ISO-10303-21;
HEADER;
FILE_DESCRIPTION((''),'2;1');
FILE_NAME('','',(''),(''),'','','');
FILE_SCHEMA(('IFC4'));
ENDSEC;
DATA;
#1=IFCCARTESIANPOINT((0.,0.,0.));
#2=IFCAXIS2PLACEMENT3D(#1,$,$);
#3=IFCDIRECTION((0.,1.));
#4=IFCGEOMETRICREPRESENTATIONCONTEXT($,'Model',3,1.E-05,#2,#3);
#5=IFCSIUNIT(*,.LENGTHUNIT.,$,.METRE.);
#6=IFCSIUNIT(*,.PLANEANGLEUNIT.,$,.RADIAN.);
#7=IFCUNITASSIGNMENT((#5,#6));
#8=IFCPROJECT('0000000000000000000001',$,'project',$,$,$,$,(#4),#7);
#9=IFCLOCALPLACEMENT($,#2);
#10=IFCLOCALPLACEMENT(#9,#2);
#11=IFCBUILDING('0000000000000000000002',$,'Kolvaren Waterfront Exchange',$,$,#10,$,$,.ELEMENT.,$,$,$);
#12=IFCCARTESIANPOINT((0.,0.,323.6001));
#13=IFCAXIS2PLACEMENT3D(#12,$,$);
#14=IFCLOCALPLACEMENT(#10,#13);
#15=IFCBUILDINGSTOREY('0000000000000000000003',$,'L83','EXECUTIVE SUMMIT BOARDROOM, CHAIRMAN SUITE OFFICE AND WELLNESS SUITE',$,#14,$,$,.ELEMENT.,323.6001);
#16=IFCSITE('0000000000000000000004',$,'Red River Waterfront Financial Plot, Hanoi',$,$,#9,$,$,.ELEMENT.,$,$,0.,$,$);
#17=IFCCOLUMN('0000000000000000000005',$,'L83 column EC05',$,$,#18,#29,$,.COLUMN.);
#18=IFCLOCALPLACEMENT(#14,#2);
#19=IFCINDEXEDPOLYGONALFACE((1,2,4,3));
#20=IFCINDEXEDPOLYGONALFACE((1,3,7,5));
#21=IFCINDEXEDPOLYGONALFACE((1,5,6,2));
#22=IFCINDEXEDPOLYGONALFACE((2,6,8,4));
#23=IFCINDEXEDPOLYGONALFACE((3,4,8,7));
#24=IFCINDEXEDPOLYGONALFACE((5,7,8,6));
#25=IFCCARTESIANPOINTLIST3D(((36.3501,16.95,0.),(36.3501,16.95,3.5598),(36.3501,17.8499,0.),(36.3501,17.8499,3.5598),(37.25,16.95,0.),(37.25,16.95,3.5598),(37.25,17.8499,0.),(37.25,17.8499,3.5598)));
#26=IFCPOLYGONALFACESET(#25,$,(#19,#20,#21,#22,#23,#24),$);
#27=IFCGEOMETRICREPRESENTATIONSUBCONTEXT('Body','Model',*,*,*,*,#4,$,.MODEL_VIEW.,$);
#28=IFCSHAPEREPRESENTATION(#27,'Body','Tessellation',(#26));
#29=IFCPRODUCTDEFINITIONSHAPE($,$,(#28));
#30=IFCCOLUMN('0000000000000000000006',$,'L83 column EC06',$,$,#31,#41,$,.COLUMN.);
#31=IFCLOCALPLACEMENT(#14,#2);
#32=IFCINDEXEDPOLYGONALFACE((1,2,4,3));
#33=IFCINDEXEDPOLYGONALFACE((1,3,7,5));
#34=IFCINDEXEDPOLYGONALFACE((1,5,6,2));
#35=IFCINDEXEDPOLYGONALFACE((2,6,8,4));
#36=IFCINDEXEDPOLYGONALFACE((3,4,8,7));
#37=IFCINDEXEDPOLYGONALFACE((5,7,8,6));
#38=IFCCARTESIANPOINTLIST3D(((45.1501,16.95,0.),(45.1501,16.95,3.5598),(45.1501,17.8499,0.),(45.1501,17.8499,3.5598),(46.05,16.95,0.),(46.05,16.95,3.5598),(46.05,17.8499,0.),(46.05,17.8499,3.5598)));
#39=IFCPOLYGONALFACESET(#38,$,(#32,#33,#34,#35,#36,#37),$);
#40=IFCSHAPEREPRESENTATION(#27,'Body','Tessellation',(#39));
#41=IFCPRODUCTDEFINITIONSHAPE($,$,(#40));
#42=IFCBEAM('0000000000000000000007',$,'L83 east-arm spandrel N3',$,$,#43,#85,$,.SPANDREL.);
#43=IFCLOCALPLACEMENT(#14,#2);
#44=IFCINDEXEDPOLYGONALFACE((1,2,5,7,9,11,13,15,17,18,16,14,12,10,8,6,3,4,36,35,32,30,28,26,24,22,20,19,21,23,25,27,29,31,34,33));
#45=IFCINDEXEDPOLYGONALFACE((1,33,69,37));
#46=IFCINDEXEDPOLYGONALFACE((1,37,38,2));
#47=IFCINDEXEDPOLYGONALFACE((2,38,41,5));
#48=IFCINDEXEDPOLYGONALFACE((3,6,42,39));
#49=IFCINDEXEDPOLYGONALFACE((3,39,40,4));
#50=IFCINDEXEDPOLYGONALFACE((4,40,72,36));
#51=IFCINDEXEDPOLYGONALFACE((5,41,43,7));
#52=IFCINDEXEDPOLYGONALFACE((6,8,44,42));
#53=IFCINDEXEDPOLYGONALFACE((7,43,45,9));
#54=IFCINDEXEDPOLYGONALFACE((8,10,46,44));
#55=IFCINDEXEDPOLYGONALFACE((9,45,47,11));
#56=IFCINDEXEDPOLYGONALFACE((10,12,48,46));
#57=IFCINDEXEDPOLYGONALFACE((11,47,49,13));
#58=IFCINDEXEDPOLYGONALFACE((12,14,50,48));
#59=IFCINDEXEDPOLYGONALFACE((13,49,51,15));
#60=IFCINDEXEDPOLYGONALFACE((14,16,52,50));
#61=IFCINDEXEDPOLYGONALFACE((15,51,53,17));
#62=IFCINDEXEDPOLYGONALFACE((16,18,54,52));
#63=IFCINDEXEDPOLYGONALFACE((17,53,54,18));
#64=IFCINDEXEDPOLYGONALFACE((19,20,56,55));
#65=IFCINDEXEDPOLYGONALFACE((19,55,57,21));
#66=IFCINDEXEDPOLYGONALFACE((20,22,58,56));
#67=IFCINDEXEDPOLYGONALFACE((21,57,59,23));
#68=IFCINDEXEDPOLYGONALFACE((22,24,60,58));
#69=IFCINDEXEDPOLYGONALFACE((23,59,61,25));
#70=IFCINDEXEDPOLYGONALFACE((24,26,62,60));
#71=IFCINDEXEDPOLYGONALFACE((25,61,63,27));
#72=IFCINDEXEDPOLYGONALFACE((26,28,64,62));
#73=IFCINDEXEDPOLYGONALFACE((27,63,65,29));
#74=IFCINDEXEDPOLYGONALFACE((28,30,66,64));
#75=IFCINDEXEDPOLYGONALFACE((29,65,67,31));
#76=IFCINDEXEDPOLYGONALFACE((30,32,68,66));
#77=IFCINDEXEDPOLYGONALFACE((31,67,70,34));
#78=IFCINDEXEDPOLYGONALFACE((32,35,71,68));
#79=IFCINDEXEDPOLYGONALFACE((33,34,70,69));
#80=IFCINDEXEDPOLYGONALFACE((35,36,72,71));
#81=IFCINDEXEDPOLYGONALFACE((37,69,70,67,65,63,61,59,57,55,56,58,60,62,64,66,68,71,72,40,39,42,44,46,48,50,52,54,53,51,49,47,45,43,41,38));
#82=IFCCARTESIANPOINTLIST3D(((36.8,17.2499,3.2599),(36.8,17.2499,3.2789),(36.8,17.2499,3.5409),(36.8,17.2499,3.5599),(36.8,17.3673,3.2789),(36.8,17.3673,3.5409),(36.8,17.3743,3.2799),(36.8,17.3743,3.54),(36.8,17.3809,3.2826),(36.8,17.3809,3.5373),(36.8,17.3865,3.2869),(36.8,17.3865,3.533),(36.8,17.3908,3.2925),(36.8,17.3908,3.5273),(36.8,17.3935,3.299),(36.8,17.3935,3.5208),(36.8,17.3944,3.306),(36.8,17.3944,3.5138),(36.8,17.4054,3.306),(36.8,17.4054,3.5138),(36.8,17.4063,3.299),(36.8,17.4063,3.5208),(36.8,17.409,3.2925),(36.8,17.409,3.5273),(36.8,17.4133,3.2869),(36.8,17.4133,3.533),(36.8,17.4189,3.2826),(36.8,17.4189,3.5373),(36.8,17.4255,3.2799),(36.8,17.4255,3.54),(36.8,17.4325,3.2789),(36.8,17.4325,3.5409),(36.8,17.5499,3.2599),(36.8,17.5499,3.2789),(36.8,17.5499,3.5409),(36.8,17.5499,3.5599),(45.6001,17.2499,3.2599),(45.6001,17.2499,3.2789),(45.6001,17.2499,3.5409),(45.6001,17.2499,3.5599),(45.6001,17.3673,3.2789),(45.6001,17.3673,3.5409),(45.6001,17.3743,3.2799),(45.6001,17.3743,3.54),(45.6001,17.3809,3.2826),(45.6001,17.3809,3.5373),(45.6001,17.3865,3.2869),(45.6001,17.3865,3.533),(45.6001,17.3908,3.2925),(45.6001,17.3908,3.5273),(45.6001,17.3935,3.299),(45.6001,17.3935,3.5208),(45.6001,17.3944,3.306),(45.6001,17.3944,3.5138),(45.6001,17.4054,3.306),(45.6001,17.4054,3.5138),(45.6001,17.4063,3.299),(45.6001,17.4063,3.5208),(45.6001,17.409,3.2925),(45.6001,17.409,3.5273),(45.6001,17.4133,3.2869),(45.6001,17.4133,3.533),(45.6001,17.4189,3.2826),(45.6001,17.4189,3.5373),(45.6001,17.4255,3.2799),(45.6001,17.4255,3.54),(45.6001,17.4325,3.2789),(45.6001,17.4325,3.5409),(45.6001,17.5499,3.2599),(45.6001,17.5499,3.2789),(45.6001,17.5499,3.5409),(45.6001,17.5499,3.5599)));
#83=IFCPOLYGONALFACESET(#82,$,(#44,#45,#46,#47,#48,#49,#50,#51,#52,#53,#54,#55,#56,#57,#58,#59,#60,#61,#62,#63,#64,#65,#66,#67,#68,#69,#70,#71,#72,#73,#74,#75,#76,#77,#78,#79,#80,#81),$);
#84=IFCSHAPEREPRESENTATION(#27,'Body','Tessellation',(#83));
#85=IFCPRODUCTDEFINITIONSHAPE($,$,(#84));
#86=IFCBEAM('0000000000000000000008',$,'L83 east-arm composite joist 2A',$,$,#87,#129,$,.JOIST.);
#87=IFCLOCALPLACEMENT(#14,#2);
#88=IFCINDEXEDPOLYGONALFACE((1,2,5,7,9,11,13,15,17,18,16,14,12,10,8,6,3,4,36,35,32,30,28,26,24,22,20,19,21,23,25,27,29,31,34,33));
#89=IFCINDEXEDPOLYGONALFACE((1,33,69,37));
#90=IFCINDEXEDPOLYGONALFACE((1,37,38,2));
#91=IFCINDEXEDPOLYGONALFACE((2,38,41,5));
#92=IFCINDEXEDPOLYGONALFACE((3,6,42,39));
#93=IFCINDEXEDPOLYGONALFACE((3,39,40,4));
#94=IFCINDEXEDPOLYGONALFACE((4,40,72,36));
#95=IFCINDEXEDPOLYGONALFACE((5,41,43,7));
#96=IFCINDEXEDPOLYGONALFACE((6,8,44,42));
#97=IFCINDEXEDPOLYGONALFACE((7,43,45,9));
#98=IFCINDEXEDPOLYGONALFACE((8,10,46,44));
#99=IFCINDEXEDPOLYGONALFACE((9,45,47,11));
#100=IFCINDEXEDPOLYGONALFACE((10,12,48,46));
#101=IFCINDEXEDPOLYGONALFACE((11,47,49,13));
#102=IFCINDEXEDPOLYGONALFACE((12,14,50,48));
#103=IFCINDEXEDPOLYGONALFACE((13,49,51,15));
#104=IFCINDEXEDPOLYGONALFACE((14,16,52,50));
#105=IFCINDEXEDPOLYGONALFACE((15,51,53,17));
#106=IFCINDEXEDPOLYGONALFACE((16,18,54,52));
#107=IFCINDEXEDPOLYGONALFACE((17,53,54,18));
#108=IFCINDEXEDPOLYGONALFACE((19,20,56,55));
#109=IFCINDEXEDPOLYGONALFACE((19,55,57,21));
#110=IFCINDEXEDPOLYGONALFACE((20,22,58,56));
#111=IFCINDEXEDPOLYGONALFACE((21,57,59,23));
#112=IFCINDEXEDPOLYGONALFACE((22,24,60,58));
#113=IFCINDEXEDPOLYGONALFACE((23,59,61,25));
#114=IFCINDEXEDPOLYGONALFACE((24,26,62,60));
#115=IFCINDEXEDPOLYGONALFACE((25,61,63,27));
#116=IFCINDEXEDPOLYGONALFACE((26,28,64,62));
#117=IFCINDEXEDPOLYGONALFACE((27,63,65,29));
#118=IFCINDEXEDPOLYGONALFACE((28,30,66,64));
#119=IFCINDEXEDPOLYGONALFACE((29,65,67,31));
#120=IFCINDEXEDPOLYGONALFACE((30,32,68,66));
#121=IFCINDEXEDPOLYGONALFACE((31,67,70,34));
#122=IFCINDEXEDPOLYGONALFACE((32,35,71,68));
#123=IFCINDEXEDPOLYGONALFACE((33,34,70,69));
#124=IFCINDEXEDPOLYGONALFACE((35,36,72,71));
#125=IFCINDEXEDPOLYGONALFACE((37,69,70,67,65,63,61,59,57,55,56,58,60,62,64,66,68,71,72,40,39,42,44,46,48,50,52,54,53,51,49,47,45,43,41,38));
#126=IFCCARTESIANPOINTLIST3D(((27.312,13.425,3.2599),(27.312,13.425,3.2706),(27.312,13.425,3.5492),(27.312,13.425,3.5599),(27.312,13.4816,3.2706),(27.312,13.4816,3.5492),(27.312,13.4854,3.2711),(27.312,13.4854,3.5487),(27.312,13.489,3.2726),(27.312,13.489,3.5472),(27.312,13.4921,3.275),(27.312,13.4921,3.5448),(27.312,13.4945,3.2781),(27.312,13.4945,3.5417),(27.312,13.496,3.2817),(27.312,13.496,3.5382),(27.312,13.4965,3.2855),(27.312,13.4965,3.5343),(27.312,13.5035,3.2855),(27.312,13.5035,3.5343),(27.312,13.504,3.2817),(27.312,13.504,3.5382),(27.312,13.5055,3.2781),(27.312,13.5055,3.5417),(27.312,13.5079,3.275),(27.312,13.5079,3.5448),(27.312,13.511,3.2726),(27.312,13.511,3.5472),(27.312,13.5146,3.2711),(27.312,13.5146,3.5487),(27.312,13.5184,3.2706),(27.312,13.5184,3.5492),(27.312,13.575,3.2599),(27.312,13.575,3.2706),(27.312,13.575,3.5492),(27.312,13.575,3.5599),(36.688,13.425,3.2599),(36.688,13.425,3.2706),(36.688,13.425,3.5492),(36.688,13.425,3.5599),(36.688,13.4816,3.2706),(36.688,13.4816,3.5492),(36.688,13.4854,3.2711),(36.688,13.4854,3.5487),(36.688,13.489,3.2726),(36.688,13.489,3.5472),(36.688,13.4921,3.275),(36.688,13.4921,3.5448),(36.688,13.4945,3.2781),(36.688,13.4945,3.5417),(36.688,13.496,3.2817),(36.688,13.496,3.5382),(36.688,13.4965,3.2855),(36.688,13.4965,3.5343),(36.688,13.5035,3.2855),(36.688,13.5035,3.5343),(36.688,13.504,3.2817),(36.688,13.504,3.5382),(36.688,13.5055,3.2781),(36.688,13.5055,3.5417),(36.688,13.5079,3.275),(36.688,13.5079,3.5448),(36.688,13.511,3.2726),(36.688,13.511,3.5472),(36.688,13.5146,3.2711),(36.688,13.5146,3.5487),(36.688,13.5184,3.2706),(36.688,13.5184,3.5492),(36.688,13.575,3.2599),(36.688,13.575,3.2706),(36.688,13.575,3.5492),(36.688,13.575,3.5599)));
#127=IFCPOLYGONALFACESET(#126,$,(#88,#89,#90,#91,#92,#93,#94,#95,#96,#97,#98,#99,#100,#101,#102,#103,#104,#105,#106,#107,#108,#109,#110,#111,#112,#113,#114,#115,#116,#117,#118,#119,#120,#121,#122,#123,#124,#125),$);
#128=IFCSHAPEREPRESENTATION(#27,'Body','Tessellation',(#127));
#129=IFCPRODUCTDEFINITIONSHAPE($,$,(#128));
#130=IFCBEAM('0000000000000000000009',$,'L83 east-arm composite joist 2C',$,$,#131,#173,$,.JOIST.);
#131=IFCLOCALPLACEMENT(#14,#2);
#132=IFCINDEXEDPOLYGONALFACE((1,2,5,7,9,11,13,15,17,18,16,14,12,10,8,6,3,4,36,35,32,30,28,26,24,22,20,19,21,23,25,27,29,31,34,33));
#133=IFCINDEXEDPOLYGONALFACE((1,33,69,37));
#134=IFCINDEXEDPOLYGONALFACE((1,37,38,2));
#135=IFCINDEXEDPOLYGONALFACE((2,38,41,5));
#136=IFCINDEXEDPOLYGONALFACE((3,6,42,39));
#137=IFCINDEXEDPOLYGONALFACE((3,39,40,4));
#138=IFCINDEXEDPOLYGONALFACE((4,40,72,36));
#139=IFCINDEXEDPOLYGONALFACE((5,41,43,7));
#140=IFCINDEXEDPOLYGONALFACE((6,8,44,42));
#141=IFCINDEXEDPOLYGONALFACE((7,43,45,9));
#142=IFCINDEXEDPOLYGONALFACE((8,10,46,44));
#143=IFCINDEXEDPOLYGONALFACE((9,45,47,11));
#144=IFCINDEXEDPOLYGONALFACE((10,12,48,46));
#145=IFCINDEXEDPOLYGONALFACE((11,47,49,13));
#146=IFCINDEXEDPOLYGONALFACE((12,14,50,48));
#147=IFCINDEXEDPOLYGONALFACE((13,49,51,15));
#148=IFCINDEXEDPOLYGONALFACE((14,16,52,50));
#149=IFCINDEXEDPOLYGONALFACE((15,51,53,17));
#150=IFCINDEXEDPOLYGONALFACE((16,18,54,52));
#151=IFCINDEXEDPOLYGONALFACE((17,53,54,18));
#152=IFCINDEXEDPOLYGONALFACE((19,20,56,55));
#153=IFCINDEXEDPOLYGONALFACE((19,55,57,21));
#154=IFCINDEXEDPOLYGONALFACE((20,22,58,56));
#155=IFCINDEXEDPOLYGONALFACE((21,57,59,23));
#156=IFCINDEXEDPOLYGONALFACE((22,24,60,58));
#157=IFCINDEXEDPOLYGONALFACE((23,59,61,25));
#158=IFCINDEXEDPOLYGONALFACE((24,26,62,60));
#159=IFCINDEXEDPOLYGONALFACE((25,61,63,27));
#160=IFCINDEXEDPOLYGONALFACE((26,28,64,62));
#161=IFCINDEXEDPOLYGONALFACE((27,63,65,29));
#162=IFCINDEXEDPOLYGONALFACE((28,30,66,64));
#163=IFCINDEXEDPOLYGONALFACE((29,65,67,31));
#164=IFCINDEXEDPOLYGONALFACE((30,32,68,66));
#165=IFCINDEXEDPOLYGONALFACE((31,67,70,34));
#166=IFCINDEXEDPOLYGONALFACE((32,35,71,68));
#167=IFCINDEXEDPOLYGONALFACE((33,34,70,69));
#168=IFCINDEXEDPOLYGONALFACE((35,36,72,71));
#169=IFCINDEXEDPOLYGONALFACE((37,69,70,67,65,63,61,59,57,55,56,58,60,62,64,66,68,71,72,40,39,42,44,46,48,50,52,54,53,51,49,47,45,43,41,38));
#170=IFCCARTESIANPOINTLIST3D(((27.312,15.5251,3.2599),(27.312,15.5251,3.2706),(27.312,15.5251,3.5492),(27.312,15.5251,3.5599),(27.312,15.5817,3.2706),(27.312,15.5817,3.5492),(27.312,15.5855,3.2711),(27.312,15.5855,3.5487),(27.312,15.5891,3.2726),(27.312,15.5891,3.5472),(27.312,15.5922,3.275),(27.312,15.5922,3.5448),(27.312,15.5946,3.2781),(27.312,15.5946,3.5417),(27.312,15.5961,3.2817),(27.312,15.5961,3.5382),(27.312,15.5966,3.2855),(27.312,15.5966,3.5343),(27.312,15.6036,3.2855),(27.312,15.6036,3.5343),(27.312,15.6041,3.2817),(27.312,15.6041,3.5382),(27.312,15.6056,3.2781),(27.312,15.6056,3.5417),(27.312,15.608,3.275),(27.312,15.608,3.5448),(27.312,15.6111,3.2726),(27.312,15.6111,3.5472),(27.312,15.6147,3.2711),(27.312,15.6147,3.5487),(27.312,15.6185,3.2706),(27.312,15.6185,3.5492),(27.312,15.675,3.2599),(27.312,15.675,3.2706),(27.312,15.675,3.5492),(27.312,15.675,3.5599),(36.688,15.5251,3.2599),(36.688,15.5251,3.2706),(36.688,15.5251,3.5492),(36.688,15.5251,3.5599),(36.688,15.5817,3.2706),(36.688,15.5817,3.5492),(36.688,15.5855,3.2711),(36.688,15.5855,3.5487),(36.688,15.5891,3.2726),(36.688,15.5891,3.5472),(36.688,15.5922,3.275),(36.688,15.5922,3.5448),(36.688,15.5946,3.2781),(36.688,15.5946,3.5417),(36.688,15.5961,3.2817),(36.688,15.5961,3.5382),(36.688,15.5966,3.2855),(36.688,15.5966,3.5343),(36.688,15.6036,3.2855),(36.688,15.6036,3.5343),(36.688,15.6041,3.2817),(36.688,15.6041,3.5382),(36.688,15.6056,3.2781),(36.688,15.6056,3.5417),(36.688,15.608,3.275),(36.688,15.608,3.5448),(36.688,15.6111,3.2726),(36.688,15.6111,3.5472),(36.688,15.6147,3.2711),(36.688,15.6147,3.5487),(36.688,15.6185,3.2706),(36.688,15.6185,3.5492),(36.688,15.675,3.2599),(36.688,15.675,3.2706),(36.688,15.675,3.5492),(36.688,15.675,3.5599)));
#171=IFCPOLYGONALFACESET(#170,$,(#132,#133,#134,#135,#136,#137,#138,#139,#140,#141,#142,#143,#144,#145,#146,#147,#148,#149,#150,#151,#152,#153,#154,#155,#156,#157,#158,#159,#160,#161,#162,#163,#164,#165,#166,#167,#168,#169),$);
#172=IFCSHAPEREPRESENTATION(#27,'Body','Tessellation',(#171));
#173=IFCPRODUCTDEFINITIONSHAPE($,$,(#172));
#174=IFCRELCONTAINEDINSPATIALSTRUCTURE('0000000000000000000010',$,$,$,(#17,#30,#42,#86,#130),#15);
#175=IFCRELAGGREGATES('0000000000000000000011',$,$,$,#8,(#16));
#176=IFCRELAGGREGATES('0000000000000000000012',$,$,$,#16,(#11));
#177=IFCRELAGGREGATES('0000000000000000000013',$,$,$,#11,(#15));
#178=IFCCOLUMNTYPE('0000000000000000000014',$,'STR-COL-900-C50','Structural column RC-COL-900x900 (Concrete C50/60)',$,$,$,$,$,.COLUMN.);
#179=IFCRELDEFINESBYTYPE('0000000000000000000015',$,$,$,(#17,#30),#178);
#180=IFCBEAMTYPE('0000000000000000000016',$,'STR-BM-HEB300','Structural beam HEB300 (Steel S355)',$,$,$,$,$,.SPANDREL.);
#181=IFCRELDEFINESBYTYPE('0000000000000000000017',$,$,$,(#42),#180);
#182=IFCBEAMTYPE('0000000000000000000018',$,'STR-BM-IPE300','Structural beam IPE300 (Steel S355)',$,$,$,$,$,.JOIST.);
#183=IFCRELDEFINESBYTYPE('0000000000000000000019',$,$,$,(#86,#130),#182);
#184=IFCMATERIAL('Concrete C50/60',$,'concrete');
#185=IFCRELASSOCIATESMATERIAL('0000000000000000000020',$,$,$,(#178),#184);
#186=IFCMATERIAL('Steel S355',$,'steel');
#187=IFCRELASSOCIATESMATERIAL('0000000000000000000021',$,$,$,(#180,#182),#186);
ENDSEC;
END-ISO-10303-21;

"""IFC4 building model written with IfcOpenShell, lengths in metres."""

from ifc_helpers import new_model, si_unit, direction, frame, origin, origin_2d, place, context, subcontext, project, spatial, rectangle, i_section, extrude, material, material_profile, profile_set, type_object, element, save


model = new_model("IFC4")

# Units and contexts
model_context = context("Model", 3, precision=1e-05, world=origin(), true_north=direction((0.0, 1.0)))
body_context = subcontext(model_context, "Body", "Model", "MODEL_VIEW")
ifc_project = project(units=[si_unit("LENGTHUNIT", "METRE"), si_unit("PLANEANGLEUNIT", "RADIAN")], contexts=[model_context])

# Site, building, storey
site_placement = place(None, origin())
site = spatial("IfcSite", under=ifc_project, at=site_placement, Name="Red River Waterfront Financial Plot, Hanoi", CompositionType="ELEMENT", RefElevation=0.0)
building_placement = place(site_placement, origin())
building = spatial("IfcBuilding", under=site, at=building_placement, Name="Kolvaren Waterfront Exchange", CompositionType="ELEMENT")
storey_placement = place(building_placement, frame((0.0, 0.0, 323.6001)))
storey = spatial("IfcBuildingStorey", under=building, at=storey_placement, Name="L83", Description="EXECUTIVE SUMMIT BOARDROOM, CHAIRMAN SUITE OFFICE AND WELLNESS SUITE", CompositionType="ELEMENT", Elevation=323.6001)

# Columns
ifc_material_1 = material(Name="Concrete C50/60", Category="concrete")
ifc_material_profile_1 = material_profile(ifc_material_1, rectangle(XDim=0.8999, YDim=0.8999, at=origin_2d()), Name="RC-COL-900x900")
ifc_profile_set_1 = profile_set([ifc_material_profile_1], Name="Concrete C50/60")
column_type = type_object("IfcColumnType", Name="STR-COL-900-C50", Description="Structural column RC-COL-900x900 (Concrete C50/60)", PredefinedType="COLUMN", material=ifc_profile_set_1)
for number, where, z_axis, x_axis, name in (
    (1, (36.8, 17.3999, 0.0), (0.0, 0.0, 1.0), (1.0, 0.0, 0.0), "L83 column EC05"),
    (2, (45.6001, 17.3999, 0.0), (0.0, 0.0, 1.0), (1.0, 0.0, 0.0), "L83 column EC06"),
):
    element("IfcColumn", number, at=place(storey_placement, frame(where, z_axis=z_axis, x_axis=x_axis)), inside=storey, type_object=column_type, Name=name, PredefinedType="COLUMN", context=body_context, shape_type="SweptSolid", body=[
        extrude(rectangle(XDim=0.8999, YDim=0.8999, at=origin_2d()), origin(), (0.0, 0.0, 1.0), 3.5598),
    ])

# Beams
ifc_material_2 = material(Name="Steel S355", Category="steel")
ifc_material_profile_2 = material_profile(ifc_material_2, i_section(OverallWidth=0.3, OverallDepth=0.3, WebThickness=0.011, FlangeThickness=0.019, FilletRadius=0.0271, at=origin_2d()), Name="HEB300")
ifc_profile_set_2 = profile_set([ifc_material_profile_2], Name="Steel S355")
beam_type_1 = type_object("IfcBeamType", Name="STR-BM-HEB300", Description="Structural beam HEB300 (Steel S355)", PredefinedType="SPANDREL", material=ifc_profile_set_2)
beam_placement = place(storey_placement, frame((36.8, 17.3999, 3.4099), z_axis=(1.0, 0.0, 0.0), x_axis=(0.0, 1.0, 0.0)))
element("IfcBeam", 3, at=beam_placement, inside=storey, type_object=beam_type_1, Name="L83 east-arm spandrel N3", PredefinedType="SPANDREL", context=body_context, shape_type="SweptSolid", body=[
    extrude(i_section(OverallWidth=0.3, OverallDepth=0.3, WebThickness=0.011, FlangeThickness=0.019, FilletRadius=0.0271, at=origin_2d()), origin(), (0.0, 0.0, 1.0), 8.8),
])
ifc_material_profile_3 = material_profile(ifc_material_2, i_section(OverallWidth=0.1499, OverallDepth=0.3, WebThickness=0.0071, FlangeThickness=0.0107, FilletRadius=0.0149, at=origin_2d()), Name="IPE300")
ifc_profile_set_3 = profile_set([ifc_material_profile_3], Name="Steel S355")
beam_type_2 = type_object("IfcBeamType", Name="STR-BM-IPE300", Description="Structural beam IPE300 (Steel S355)", PredefinedType="JOIST", material=ifc_profile_set_3)
for number, where, z_axis, x_axis, name in (
    (4, (27.312, 13.5, 3.4099), (1.0, 0.0, 0.0), (0.0, 1.0, 0.0), "L83 east-arm composite joist 2A"),
    (5, (27.312, 15.6001, 3.4099), (1.0, 0.0, 0.0), (0.0, 1.0, 0.0), "L83 east-arm composite joist 2C"),
):
    element("IfcBeam", number, at=place(storey_placement, frame(where, z_axis=z_axis, x_axis=x_axis)), inside=storey, type_object=beam_type_2, Name=name, PredefinedType="JOIST", context=body_context, shape_type="SweptSolid", body=[
        extrude(i_section(OverallWidth=0.1499, OverallDepth=0.3, WebThickness=0.0071, FlangeThickness=0.0107, FilletRadius=0.0149, at=origin_2d()), origin(), (0.0, 0.0, 1.0), 9.376),
    ])

save(model, "model.ifc")
